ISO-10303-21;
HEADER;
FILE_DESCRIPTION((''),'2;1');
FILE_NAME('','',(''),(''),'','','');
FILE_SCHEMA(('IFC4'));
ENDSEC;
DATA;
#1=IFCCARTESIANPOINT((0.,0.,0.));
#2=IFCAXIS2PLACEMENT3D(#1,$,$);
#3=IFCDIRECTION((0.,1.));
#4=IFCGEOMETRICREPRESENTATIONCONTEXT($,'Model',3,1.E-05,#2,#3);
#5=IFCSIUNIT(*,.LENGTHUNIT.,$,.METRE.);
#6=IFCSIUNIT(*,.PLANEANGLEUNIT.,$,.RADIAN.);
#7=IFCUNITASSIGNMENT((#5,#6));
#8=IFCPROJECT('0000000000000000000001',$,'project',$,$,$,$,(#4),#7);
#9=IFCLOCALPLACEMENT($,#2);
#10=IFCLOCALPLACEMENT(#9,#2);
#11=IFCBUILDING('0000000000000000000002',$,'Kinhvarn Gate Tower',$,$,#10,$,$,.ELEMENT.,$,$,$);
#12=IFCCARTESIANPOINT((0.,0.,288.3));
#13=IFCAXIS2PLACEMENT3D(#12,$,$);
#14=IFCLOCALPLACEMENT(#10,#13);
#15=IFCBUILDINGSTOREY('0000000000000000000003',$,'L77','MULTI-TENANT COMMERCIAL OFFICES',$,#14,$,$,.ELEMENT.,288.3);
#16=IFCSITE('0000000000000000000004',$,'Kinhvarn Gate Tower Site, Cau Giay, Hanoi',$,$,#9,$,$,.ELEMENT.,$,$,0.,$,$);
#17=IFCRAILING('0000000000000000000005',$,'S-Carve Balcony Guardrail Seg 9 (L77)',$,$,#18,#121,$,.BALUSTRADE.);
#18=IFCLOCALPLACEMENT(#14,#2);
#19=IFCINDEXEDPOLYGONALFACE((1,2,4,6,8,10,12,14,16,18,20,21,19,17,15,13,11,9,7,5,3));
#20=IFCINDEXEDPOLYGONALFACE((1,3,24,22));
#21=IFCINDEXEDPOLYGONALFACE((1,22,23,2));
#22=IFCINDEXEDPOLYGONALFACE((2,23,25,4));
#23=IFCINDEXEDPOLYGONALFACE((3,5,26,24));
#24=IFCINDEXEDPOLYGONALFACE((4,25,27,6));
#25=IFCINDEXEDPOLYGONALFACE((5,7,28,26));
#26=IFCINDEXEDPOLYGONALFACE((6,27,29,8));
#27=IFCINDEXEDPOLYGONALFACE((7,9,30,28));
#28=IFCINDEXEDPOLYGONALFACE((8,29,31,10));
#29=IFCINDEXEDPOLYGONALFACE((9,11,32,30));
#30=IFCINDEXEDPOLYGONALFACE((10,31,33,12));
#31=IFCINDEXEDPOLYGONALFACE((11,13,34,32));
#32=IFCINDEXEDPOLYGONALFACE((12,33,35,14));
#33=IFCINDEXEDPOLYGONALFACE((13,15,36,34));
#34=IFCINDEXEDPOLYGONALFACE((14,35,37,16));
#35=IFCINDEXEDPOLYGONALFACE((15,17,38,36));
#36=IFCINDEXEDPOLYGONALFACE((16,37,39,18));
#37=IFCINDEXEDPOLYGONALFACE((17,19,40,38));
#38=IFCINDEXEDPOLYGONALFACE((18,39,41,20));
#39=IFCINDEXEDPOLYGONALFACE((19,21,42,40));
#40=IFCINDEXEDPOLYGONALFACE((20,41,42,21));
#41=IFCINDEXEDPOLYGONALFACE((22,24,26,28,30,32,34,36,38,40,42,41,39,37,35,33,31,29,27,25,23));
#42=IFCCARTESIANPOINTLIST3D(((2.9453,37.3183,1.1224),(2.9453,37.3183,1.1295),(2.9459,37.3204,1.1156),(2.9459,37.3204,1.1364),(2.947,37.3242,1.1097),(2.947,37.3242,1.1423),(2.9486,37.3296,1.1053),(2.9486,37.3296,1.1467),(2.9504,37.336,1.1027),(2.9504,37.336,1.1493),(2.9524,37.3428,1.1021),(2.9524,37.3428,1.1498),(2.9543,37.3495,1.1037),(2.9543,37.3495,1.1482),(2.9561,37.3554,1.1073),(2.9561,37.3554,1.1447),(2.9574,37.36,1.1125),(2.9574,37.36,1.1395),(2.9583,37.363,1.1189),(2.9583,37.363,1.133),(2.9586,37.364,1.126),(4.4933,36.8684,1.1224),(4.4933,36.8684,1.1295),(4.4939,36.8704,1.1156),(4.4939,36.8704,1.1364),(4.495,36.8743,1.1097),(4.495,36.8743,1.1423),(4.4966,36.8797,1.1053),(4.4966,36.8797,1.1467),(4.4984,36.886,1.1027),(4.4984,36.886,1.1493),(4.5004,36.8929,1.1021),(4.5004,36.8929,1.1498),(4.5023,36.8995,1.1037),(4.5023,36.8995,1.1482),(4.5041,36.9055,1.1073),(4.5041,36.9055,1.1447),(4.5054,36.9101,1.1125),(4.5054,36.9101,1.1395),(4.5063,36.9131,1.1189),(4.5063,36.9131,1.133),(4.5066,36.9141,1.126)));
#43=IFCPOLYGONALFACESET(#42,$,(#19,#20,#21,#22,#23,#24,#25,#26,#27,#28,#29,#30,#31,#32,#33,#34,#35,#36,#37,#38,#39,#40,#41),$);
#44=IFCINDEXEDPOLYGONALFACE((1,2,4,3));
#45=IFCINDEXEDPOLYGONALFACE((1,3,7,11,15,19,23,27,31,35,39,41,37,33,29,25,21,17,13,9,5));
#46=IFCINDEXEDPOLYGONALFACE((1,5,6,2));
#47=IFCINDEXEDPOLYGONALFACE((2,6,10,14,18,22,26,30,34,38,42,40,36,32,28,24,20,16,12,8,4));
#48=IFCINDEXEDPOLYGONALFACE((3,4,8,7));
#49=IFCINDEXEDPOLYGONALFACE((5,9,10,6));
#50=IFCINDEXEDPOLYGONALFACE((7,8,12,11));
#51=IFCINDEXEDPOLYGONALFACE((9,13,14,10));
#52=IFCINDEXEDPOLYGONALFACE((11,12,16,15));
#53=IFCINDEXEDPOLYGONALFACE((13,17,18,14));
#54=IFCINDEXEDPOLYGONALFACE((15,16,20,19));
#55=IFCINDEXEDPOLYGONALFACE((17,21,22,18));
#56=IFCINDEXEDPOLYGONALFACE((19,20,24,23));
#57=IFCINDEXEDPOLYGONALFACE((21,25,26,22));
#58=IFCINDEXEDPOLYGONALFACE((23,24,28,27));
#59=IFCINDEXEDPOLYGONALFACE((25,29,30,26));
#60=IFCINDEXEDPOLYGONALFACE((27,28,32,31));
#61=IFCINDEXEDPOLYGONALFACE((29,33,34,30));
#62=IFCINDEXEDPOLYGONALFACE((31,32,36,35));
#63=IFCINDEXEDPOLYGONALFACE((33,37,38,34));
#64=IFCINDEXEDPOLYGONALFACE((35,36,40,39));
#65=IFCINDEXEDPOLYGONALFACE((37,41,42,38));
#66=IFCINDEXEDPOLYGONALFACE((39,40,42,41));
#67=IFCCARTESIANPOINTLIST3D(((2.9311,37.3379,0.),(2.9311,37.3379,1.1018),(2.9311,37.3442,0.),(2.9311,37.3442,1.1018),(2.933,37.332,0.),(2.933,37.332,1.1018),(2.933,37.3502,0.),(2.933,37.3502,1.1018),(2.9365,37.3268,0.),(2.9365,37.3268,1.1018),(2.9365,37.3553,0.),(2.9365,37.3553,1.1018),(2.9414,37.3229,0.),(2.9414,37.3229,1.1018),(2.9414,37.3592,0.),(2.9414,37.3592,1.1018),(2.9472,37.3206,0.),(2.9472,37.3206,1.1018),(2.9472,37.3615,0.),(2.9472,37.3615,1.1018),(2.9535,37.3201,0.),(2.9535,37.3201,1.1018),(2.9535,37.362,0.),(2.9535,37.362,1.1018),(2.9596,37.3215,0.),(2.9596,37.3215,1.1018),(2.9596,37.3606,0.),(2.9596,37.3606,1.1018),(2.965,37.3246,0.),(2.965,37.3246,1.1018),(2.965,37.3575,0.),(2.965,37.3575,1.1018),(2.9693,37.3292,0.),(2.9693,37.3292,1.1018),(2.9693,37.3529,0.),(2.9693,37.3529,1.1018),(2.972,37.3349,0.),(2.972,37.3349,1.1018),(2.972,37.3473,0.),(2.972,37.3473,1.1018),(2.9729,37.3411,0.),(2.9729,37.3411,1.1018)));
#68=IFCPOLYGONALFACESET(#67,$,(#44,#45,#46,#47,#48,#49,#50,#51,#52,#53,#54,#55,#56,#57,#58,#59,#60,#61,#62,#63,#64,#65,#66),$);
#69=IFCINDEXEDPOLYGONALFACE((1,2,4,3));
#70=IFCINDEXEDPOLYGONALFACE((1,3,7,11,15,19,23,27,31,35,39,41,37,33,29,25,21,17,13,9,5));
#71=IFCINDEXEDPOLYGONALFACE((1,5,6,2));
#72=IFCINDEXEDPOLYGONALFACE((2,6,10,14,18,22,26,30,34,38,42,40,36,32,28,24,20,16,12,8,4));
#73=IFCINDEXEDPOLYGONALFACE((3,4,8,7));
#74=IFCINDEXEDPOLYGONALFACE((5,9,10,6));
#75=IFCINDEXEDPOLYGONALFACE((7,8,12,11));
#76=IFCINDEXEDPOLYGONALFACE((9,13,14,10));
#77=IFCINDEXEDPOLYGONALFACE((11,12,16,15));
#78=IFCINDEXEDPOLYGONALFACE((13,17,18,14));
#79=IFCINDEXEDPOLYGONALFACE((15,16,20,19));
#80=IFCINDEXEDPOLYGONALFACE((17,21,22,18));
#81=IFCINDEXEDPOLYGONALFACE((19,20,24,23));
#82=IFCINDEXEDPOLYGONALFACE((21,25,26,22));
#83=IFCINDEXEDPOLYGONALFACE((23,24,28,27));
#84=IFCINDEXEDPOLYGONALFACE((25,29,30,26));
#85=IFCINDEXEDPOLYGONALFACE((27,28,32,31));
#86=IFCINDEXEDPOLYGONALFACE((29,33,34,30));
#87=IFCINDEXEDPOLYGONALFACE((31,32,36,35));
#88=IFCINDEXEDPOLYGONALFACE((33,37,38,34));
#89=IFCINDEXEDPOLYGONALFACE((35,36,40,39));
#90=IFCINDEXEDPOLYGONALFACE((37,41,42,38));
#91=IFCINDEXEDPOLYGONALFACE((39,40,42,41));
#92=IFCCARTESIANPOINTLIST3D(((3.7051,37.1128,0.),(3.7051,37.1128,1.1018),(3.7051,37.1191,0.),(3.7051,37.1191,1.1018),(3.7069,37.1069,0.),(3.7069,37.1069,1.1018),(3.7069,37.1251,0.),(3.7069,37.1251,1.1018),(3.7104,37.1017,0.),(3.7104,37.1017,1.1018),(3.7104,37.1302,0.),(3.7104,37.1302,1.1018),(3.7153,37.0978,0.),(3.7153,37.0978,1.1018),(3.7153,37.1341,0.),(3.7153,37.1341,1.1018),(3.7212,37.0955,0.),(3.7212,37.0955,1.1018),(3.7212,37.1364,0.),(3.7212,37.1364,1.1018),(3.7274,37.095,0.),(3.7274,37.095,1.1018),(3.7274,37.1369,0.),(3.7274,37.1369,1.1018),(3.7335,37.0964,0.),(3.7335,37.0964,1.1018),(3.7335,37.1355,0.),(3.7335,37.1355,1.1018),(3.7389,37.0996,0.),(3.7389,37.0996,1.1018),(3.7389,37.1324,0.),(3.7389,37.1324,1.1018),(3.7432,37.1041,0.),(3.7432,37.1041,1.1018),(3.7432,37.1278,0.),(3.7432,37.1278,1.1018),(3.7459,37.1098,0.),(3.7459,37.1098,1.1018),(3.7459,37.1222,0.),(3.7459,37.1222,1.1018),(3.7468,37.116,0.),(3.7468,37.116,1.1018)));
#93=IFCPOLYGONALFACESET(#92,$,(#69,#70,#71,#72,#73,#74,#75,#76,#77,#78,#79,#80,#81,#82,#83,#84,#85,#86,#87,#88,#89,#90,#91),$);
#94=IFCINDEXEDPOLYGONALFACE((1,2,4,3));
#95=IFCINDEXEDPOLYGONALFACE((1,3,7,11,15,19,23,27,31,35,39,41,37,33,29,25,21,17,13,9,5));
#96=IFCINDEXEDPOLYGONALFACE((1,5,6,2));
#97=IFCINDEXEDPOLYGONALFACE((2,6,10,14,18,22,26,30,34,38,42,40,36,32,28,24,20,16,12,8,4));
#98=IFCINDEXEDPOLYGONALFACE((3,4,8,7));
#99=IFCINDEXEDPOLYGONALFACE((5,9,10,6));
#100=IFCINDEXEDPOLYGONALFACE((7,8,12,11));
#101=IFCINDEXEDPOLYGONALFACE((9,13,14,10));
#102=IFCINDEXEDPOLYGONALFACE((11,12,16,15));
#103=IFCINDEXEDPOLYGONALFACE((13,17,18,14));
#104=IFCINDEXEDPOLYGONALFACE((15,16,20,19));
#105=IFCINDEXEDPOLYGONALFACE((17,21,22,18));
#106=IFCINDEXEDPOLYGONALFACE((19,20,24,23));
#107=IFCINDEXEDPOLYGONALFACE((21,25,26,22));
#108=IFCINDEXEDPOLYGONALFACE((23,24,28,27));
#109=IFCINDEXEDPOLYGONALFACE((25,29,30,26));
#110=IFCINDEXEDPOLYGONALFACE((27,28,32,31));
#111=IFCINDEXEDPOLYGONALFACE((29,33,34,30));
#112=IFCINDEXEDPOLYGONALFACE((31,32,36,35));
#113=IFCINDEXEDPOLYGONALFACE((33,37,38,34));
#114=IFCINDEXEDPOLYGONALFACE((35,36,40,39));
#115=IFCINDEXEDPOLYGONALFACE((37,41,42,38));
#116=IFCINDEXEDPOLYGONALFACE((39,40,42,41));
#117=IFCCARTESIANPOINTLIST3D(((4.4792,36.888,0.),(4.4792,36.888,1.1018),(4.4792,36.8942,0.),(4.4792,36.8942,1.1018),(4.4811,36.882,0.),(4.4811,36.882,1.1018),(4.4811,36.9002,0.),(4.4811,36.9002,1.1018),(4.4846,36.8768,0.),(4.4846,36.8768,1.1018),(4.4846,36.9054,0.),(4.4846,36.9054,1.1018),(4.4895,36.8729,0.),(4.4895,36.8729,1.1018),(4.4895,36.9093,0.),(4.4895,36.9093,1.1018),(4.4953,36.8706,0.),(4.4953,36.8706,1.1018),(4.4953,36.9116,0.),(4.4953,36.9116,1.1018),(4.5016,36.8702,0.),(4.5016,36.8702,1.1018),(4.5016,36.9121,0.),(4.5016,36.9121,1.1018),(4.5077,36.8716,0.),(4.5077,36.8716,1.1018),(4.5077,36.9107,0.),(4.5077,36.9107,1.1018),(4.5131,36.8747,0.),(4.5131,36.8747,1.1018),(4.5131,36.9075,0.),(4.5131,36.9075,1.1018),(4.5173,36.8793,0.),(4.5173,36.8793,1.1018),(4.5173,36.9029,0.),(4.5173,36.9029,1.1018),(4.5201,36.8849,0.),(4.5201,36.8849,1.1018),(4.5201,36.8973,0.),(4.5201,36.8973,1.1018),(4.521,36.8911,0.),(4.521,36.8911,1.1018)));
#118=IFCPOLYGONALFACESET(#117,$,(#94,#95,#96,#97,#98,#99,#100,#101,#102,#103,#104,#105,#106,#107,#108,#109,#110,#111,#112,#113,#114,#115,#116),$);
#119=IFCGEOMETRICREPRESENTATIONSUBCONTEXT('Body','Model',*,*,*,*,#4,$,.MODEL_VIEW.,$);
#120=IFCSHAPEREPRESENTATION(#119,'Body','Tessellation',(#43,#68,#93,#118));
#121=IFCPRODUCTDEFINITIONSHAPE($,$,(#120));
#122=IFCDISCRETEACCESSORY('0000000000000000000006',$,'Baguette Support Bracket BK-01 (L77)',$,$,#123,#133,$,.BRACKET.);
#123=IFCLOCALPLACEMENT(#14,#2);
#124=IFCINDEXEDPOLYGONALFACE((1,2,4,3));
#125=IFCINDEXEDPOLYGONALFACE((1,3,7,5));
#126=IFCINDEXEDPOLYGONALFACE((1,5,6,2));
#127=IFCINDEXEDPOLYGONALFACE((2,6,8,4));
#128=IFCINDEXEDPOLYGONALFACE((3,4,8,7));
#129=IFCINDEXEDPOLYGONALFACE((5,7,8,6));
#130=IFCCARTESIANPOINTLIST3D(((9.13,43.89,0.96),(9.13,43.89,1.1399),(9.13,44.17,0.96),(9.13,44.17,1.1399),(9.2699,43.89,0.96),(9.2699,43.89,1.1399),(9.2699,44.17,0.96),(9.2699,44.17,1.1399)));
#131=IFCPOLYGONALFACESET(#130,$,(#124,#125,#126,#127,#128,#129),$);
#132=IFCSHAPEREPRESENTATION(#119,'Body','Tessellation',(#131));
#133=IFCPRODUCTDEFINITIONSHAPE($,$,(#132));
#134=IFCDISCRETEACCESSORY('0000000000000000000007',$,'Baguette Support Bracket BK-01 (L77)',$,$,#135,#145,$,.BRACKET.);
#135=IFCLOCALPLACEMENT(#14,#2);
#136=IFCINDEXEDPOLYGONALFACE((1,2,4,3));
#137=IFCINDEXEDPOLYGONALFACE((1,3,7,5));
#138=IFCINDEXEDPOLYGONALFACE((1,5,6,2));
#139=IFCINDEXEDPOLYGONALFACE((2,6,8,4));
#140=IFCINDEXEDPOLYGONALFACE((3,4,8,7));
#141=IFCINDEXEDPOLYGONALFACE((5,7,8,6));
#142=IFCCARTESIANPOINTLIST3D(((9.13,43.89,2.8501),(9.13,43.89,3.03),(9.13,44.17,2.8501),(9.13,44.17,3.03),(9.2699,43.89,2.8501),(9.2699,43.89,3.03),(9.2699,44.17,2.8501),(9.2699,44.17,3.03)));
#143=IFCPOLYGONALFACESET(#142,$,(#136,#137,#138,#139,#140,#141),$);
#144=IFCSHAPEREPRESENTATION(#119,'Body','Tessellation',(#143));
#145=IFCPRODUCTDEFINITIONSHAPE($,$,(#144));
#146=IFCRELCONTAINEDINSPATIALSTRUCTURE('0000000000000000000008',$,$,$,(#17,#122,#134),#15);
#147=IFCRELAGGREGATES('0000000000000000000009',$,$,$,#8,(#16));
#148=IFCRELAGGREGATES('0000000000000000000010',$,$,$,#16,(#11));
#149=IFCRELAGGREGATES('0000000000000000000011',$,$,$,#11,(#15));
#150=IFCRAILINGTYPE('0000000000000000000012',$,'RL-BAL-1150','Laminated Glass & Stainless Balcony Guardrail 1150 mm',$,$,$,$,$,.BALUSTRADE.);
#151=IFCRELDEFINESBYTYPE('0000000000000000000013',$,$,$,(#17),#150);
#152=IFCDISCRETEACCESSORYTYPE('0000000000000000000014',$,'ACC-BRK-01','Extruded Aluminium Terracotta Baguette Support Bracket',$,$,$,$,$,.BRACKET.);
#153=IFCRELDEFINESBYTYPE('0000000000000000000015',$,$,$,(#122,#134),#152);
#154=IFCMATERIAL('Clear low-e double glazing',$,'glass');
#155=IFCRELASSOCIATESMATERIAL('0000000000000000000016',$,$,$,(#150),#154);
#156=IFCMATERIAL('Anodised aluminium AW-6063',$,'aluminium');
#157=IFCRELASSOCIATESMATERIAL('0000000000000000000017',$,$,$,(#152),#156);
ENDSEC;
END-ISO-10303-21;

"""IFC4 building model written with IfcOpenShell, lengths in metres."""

from ifc_helpers import new_model, si_unit, direction, frame, origin, origin_2d, place, context, subcontext, project, spatial, rectangle, circle, extrude, material, type_object, element, save


model = new_model("IFC4")

# Units and contexts
model_context = context("Model", 3, precision=1e-05, world=origin(), true_north=direction((0.0, 1.0)))
body_context = subcontext(model_context, "Body", "Model", "MODEL_VIEW")
ifc_project = project(units=[si_unit("LENGTHUNIT", "METRE"), si_unit("PLANEANGLEUNIT", "RADIAN")], contexts=[model_context])

# Site, building, storey
site_placement = place(None, origin())
site = spatial("IfcSite", under=ifc_project, at=site_placement, Name="Kinhvarn Gate Tower Site, Cau Giay, Hanoi", CompositionType="ELEMENT", RefElevation=0.0)
building_placement = place(site_placement, origin())
building = spatial("IfcBuilding", under=site, at=building_placement, Name="Kinhvarn Gate Tower", CompositionType="ELEMENT")
storey_placement = place(building_placement, frame((0.0, 0.0, 288.3)))
storey = spatial("IfcBuildingStorey", under=building, at=storey_placement, Name="L77", Description="MULTI-TENANT COMMERCIAL OFFICES", CompositionType="ELEMENT", Elevation=288.3)

# Shared definitions
ifc_material_1 = material(Name="Anodised aluminium AW-6063", Category="aluminium")

# Shared definitions
ifc_material_2 = material(Name="Clear low-e double glazing", Category="glass")

# Railing
railing_type = type_object("IfcRailingType", Name="RL-BAL-1150", Description="Laminated Glass & Stainless Balcony Guardrail 1150 mm", PredefinedType="BALUSTRADE", material=ifc_material_2)
railing_1_placement = place(storey_placement, frame((2.9519, 37.3411, 0.0)))
element("IfcRailing", 1, at=railing_1_placement, inside=storey, type_object=railing_type, Name="S-Carve Balcony Guardrail Seg 9 (L77)", PredefinedType="BALUSTRADE", context=body_context, shape_type="SweptSolid", body=[
    extrude(circle(Radius=0.0239, at=origin_2d()), frame((0.0, 0.0, 1.126), z_axis=(0.960262, -0.279099, 0.0), x_axis=(0.279099, 0.960262, 0.0)), (0.0, 0.0, 1.0), 1.6121),
    extrude(circle(Radius=0.021, at=origin_2d()), origin(), (0.0, 0.0, 1.0), 1.1018),
    extrude(circle(Radius=0.021, at=origin_2d()), frame((0.7739, -0.2251, 0.0)), (0.0, 0.0, 1.0), 1.1018),
    extrude(circle(Radius=0.021, at=origin_2d()), frame((1.5481, -0.45, 0.0)), (0.0, 0.0, 1.0), 1.1018),
])

# Discrete accessories
discrete_accessory_type = type_object("IfcDiscreteAccessoryType", Name="ACC-BRK-01", Description="Extruded Aluminium Terracotta Baguette Support Bracket", PredefinedType="BRACKET", material=ifc_material_1)
for number, where, z_axis, x_axis, name in (
    (2, (9.2, 44.03, 0.96), (0.0, 0.0, 1.0), (-1.0, 0.0, 0.0), "Baguette Support Bracket BK-01 (L77)"),
    (3, (9.2, 44.03, 2.8501), (0.0, 0.0, 1.0), (-1.0, 0.0, 0.0), "Baguette Support Bracket BK-01 (L77)"),
):
    element("IfcDiscreteAccessory", number, at=place(storey_placement, frame(where, z_axis=z_axis, x_axis=x_axis)), inside=storey, type_object=discrete_accessory_type, Name=name, PredefinedType="BRACKET", context=body_context, shape_type="SweptSolid", body=[
        extrude(rectangle(XDim=0.1399, YDim=0.28, at=origin_2d()), origin(), (0.0, 0.0, 1.0), 0.1799),
    ])

save(model, "model.ifc")
